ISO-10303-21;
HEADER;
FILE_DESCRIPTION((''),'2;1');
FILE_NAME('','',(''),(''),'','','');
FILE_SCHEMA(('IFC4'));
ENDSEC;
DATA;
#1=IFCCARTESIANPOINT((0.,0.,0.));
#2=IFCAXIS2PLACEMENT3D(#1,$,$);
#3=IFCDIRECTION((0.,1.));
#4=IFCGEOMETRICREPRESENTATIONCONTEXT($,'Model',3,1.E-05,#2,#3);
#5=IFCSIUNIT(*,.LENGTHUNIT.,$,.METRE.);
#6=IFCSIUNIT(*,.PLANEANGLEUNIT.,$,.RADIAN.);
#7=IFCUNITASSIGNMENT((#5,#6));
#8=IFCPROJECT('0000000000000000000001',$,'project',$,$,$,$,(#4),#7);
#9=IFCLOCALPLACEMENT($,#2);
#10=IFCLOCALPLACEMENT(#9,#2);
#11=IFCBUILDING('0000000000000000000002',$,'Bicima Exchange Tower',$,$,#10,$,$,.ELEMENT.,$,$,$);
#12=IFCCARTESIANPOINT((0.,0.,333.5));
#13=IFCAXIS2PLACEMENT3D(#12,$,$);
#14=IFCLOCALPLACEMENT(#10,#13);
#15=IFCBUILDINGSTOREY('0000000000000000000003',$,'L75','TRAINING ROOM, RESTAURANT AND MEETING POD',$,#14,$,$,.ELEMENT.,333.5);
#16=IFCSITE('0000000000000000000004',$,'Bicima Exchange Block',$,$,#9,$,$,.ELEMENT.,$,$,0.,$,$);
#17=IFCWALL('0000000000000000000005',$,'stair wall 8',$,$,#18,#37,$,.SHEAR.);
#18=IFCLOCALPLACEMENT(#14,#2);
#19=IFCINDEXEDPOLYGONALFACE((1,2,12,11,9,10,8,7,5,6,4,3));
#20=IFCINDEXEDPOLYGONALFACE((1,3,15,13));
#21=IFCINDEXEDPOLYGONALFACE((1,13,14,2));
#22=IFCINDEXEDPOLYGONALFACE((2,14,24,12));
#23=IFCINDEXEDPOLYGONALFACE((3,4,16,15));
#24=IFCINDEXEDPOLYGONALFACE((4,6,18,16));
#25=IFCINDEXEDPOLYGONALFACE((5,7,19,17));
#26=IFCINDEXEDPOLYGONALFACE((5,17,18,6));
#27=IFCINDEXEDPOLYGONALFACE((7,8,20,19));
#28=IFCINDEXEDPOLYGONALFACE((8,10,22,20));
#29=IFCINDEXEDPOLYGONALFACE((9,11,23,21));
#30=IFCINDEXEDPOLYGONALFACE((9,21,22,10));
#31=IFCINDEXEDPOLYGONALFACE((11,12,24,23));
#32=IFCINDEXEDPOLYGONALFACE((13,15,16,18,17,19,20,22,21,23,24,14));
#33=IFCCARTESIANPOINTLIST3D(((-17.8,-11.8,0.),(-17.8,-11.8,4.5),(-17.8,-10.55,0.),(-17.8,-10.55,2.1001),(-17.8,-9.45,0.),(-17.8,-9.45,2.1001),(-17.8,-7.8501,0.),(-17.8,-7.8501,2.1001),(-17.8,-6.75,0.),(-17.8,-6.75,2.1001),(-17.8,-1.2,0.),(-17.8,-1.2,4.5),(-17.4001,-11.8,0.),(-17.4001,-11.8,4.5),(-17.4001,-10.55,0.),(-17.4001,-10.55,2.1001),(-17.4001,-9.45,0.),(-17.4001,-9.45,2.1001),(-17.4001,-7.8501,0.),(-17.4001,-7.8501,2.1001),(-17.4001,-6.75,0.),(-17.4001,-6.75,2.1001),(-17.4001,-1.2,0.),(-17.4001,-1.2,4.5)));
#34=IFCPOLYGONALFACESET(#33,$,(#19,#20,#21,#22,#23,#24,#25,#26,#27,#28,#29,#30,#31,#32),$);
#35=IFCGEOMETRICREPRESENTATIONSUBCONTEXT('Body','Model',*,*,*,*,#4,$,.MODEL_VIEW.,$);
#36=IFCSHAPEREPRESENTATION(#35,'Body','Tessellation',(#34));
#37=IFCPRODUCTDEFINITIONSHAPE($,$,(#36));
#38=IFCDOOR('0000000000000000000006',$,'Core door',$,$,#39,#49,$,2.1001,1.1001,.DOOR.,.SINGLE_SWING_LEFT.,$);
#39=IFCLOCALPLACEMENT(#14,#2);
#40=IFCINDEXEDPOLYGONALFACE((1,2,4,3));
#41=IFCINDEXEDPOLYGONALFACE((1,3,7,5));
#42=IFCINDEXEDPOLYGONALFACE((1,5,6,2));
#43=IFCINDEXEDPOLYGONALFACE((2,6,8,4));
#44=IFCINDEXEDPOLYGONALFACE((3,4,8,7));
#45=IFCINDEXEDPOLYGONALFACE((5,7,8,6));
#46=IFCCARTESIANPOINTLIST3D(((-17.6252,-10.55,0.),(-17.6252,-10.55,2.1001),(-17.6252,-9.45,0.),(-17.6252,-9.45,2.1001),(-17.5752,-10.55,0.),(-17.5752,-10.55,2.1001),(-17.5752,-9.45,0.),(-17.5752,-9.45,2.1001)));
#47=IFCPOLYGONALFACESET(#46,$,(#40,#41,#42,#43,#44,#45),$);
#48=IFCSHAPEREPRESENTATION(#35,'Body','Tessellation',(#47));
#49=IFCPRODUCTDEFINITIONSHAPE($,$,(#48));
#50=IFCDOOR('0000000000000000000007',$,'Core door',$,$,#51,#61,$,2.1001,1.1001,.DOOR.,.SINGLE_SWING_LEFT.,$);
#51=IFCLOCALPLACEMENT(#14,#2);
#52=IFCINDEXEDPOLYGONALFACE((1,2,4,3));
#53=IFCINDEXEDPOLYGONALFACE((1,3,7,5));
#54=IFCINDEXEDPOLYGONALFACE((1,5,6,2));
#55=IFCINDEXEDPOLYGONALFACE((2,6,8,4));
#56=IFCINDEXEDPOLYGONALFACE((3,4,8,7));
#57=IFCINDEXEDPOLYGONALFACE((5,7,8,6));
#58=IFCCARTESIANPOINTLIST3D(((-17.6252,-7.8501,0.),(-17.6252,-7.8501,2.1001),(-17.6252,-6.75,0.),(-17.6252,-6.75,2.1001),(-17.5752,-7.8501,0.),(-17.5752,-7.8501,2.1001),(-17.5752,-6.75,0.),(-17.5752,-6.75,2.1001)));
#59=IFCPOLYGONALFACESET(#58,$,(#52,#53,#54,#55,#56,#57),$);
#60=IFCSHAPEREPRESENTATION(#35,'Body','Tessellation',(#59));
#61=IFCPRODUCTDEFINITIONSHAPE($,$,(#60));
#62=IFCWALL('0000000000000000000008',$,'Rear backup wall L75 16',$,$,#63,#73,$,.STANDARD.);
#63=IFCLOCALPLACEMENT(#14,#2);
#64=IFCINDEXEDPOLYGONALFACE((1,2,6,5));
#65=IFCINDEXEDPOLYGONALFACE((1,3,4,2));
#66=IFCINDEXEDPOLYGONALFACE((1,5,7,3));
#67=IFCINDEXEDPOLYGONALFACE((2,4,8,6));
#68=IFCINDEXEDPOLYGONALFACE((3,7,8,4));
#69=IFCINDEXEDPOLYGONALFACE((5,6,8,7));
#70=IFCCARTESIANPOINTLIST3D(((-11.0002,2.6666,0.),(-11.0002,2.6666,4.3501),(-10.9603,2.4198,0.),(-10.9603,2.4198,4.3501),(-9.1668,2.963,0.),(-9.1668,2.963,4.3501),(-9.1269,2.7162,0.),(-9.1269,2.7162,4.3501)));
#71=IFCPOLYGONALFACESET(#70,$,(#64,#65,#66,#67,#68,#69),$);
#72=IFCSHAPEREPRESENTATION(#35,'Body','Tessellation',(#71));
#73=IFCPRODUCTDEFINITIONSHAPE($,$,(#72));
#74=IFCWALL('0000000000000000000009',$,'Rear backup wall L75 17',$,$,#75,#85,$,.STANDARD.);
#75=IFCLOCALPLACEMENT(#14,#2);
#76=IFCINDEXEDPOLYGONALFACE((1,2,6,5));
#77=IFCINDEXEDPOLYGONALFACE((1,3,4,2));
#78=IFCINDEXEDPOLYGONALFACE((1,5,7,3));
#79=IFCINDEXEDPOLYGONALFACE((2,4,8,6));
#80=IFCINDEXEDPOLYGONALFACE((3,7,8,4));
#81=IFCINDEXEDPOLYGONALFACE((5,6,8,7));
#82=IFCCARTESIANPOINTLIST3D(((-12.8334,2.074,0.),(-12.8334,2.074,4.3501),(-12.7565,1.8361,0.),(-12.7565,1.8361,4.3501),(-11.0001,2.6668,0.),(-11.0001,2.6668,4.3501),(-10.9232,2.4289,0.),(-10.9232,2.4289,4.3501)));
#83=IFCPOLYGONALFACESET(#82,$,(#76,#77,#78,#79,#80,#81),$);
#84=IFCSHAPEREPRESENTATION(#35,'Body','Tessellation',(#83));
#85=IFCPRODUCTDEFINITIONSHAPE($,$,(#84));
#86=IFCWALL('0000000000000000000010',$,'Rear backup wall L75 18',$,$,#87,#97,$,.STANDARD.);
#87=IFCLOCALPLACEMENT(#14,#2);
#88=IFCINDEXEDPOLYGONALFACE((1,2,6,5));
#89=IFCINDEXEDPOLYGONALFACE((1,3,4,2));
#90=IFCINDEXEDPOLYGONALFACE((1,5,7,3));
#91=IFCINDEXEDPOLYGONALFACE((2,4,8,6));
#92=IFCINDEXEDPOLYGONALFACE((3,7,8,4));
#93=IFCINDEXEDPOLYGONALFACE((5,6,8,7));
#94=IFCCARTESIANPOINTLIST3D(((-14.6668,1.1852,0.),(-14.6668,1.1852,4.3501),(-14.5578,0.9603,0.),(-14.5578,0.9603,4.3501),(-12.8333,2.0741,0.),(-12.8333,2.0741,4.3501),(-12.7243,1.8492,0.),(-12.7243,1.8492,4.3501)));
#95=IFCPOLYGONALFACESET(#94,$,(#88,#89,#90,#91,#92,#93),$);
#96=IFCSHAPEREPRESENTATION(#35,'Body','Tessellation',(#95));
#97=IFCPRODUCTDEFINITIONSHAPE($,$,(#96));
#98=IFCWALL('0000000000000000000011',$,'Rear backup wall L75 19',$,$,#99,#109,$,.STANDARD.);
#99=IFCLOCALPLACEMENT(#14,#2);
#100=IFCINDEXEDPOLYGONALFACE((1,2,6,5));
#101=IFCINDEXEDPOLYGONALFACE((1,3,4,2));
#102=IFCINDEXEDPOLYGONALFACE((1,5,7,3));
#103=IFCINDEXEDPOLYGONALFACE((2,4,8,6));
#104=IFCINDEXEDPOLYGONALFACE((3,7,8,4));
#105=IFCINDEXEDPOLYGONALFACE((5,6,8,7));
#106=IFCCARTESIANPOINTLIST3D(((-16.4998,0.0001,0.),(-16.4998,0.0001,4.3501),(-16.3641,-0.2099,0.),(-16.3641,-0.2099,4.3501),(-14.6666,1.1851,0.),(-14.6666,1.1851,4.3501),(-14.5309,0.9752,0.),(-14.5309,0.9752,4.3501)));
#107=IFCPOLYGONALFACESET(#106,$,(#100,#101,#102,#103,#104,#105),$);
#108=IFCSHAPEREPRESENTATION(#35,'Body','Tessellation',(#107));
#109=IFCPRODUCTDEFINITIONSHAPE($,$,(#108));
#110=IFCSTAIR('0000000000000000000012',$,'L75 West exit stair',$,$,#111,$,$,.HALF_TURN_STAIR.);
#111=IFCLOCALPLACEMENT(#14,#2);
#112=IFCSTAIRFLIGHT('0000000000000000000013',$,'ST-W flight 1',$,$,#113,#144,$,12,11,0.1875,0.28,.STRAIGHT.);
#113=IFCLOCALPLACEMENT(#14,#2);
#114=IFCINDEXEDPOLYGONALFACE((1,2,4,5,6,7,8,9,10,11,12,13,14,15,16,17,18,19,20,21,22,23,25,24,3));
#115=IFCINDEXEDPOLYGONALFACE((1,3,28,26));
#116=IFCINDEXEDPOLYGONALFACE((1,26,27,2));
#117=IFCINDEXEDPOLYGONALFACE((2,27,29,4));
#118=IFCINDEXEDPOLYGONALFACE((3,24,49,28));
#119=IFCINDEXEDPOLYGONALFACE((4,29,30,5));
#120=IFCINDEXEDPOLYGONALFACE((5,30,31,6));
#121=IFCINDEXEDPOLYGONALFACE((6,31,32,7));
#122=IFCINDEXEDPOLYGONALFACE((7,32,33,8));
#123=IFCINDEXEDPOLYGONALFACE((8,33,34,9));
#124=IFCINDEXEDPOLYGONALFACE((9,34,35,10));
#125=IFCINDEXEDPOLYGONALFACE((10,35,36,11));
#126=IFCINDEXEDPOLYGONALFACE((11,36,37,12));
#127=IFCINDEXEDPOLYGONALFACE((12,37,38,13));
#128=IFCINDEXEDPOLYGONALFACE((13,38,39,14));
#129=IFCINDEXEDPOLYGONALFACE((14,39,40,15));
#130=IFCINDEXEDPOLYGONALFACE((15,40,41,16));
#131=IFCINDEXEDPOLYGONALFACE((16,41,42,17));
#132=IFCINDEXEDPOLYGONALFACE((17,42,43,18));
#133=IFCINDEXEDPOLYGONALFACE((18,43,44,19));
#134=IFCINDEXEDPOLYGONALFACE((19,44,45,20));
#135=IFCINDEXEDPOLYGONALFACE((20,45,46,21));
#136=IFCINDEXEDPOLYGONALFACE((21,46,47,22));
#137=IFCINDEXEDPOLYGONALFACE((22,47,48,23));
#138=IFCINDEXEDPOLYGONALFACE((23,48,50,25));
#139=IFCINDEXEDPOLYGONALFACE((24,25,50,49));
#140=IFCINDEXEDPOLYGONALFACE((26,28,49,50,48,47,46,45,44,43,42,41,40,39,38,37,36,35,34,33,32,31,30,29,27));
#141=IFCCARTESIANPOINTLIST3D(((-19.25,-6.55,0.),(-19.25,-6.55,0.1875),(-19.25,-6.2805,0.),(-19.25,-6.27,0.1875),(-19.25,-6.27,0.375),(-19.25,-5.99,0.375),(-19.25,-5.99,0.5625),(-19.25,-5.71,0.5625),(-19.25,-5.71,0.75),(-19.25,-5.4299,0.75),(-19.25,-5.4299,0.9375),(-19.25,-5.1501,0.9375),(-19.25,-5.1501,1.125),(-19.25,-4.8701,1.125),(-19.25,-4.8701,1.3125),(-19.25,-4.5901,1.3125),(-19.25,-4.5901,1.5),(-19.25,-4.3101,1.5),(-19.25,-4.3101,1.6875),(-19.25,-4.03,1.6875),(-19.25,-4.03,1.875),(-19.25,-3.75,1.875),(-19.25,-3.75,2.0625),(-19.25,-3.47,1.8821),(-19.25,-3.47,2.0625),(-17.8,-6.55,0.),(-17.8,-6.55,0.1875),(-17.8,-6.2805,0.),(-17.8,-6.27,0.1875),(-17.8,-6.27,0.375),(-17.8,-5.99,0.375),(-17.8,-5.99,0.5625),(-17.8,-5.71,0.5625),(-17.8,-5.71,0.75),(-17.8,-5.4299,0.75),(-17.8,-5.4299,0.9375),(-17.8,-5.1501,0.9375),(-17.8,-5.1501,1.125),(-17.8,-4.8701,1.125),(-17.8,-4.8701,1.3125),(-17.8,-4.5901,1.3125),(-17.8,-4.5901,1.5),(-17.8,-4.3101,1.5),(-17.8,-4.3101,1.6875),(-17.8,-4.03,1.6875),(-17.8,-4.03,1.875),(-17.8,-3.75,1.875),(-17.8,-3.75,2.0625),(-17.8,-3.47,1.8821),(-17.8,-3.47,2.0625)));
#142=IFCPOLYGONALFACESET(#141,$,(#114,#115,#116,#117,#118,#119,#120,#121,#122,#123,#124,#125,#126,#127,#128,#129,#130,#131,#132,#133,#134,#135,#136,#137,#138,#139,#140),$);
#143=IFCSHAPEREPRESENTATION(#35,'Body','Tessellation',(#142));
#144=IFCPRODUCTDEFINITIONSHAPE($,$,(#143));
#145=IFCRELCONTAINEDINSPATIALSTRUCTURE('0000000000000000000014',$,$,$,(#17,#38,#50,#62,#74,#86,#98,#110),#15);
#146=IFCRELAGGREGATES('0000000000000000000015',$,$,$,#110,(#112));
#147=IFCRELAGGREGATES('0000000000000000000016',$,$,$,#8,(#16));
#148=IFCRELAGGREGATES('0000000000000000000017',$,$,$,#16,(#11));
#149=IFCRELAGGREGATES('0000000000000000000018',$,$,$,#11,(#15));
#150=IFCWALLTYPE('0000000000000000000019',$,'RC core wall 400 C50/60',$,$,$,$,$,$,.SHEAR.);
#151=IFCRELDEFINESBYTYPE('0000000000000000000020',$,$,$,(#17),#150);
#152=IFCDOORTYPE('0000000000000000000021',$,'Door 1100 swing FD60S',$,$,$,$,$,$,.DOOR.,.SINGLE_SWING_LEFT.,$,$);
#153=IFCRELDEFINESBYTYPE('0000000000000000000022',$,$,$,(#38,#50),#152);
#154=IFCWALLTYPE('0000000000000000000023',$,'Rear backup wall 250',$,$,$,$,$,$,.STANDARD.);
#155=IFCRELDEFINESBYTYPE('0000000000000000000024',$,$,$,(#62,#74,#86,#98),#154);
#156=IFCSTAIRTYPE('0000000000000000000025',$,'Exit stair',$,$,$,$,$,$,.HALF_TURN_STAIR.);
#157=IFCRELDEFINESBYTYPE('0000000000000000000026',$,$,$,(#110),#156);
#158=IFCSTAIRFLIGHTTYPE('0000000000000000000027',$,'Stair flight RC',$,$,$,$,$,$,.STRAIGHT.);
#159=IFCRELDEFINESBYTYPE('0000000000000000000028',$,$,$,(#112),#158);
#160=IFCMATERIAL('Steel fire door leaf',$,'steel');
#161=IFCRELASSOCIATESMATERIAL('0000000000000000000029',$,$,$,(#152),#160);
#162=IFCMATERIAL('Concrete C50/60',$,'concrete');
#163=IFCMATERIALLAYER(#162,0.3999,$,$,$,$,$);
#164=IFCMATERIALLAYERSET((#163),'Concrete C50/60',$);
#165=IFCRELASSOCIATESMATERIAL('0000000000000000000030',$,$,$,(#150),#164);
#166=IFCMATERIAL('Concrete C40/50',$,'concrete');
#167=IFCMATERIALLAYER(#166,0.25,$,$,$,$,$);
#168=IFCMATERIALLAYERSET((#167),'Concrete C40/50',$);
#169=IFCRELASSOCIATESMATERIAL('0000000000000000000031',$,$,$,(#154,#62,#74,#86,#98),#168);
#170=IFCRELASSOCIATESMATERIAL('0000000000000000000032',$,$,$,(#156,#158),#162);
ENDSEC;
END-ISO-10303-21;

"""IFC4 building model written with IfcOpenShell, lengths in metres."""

from ifc_helpers import new_model, si_unit, direction, frame, frame_2d, origin, place, context, subcontext, project, spatial, polyline, rectangle, outline, extrude, material, layer, layer_set, layer_usage, type_object, element, fill, aggregate, save


model = new_model("IFC4")

# Units and contexts
model_context = context("Model", 3, precision=1e-05, world=origin(), true_north=direction((0.0, 1.0)))
body_context = subcontext(model_context, "Body", "Model", "MODEL_VIEW")
ifc_project = project(units=[si_unit("LENGTHUNIT", "METRE"), si_unit("PLANEANGLEUNIT", "RADIAN")], contexts=[model_context])

# Site, building, storey
site_placement = place(None, origin())
site = spatial("IfcSite", under=ifc_project, at=site_placement, Name="Bicima Exchange Block", CompositionType="ELEMENT", RefElevation=0.0)
building_placement = place(site_placement, origin())
building = spatial("IfcBuilding", under=site, at=building_placement, Name="Bicima Exchange Tower", CompositionType="ELEMENT")
storey_placement = place(building_placement, frame((0.0, 0.0, 333.5)))
storey = spatial("IfcBuildingStorey", under=building, at=storey_placement, Name="L75", Description="TRAINING ROOM, RESTAURANT AND MEETING POD", CompositionType="ELEMENT", Elevation=333.5)

# Shared definitions
ifc_material_1 = material(Name="Concrete C40/50", Category="concrete")

# Shared definitions
ifc_material_2 = material(Name="Steel fire door leaf", Category="steel")

# Shared definitions
door_type_1 = type_object("IfcDoorType", Name="Door 1100 swing FD60S", OperationType="SINGLE_SWING_LEFT", PredefinedType="DOOR", material=ifc_material_2)

# Wall, openings, doors
ifc_material_3 = material(Name="Concrete C50/60", Category="concrete")
ifc_layer_1 = layer(ifc_material_3, 0.3999)
ifc_layer_set_1 = layer_set([ifc_layer_1], Name="Concrete C50/60")
wall_type_1 = type_object("IfcWallType", Name="RC core wall 400 C50/60", PredefinedType="SHEAR", material=ifc_layer_set_1)
wall_1_placement = place(storey_placement, frame((-17.6001, -11.8, 0.0), z_axis=(0.0, 0.0, 1.0), x_axis=(0.0, 1.0, 0.0)))
wall_1 = element("IfcWall", 1, at=wall_1_placement, inside=storey, type_object=wall_type_1, Name="stair wall 8", PredefinedType="SHEAR", context=body_context, shape_type="SweptSolid", body=[
    extrude(rectangle(XDim=10.6001, YDim=0.3999, at=frame_2d((5.3, 0.0))), origin(), (0.0, 0.0, 1.0), 4.5),
])
opening_1_placement = place(wall_1_placement, frame((1.25, 0.0, 0.0)))
opening_1 = element("IfcOpeningElement", 2, at=opening_1_placement, cuts=wall_1, PredefinedType="OPENING", context=body_context, shape_type="SweptSolid", body=[
    extrude(rectangle(XDim=1.1001, YDim=2.1001, at=frame_2d((0.55, 1.05))), frame((0.0, 0.2119, 0.0), z_axis=(0.0, -1.0, 0.0), x_axis=(1.0, 0.0, 0.0)), (0.0, 0.0, 1.0), 0.4238),
])
opening_2_placement = place(wall_1_placement, frame((3.95, 0.0, 0.0)))
opening_2 = element("IfcOpeningElement", 3, at=opening_2_placement, cuts=wall_1, PredefinedType="OPENING", context=body_context, shape_type="SweptSolid", body=[
    extrude(rectangle(XDim=1.1001, YDim=2.1001, at=frame_2d((0.55, 1.05))), frame((0.0, 0.2119, 0.0), z_axis=(0.0, -1.0, 0.0), x_axis=(1.0, 0.0, 0.0)), (0.0, 0.0, 1.0), 0.4238),
])
door_1_placement = place(opening_1_placement, frame((1.1001, 0.0, 0.0), z_axis=(0.0, 0.0, 1.0), x_axis=(-1.0, 0.0, 0.0)))
door_1 = element("IfcDoor", 4, at=door_1_placement, inside=storey, type_object=door_type_1, Name="Core door", OperationType="SINGLE_SWING_LEFT", OverallHeight=2.1001, OverallWidth=1.1001, PredefinedType="DOOR", context=body_context, shape_type="SweptSolid", body=[
    extrude(rectangle(XDim=1.1001, YDim=2.1001, at=frame_2d((0.55, 1.05))), frame((0.0, 0.0249, 0.0), z_axis=(0.0, -1.0, 0.0), x_axis=(1.0, 0.0, 0.0)), (0.0, 0.0, 1.0), 0.05),
])
fill(opening_1, door_1)
door_2_placement = place(opening_2_placement, frame((1.1001, 0.0, 0.0), z_axis=(0.0, 0.0, 1.0), x_axis=(-1.0, 0.0, 0.0)))
door_2 = element("IfcDoor", 5, at=door_2_placement, inside=storey, type_object=door_type_1, Name="Core door", OperationType="SINGLE_SWING_LEFT", OverallHeight=2.1001, OverallWidth=1.1001, PredefinedType="DOOR", context=body_context, shape_type="SweptSolid", body=[
    extrude(rectangle(XDim=1.1001, YDim=2.1001, at=frame_2d((0.55, 1.05))), frame((0.0, 0.0249, 0.0), z_axis=(0.0, -1.0, 0.0), x_axis=(1.0, 0.0, 0.0)), (0.0, 0.0, 1.0), 0.05),
])
fill(opening_2, door_2)

# Walls
ifc_layer_2 = layer(ifc_material_1, 0.25)
ifc_layer_set_2 = layer_set([ifc_layer_2], Name="Concrete C40/50")
ifc_layer_usage = layer_usage(ifc_layer_set_2, "AXIS2", "POSITIVE", -0.125)
wall_type_2 = type_object("IfcWallType", Name="Rear backup wall 250", PredefinedType="STANDARD", material=ifc_layer_set_2)
wall_2_placement = place(storey_placement, frame((-9.1467, 2.8396, 0.0), z_axis=(0.0, 0.0, 1.0), x_axis=(-0.987182, -0.1596, 0.0)))
element("IfcWall", 6, at=wall_2_placement, inside=storey, type_object=wall_type_2, material=ifc_layer_usage, Name="Rear backup wall L75 16", PredefinedType="STANDARD", context=body_context, shape_type="SweptSolid", body=[
    extrude(rectangle(XDim=1.8572, YDim=0.25, at=frame_2d((0.9287, 0.0))), origin(), (0.0, 0.0, 1.0), 4.3501),
])
wall_3_placement = place(storey_placement, frame((-10.9617, 2.5479, 0.0), z_axis=(0.0, 0.0, 1.0), x_axis=(-0.951496, -0.307662, 0.0)))
element("IfcWall", 7, at=wall_3_placement, inside=storey, type_object=wall_type_2, material=ifc_layer_usage, Name="Rear backup wall L75 17", PredefinedType="STANDARD", context=body_context, shape_type="SweptSolid", body=[
    extrude(rectangle(XDim=1.9268, YDim=0.25, at=frame_2d((0.9634, 0.0))), origin(), (0.0, 0.0, 1.0), 4.3501),
])
wall_4_placement = place(storey_placement, frame((-12.7788, 1.9617, 0.0), z_axis=(0.0, 0.0, 1.0), x_axis=(-0.899824, -0.436253, 0.0)))
element("IfcWall", 8, at=wall_4_placement, inside=storey, type_object=wall_type_2, material=ifc_layer_usage, Name="Rear backup wall L75 18", PredefinedType="STANDARD", context=body_context, shape_type="SweptSolid", body=[
    extrude(rectangle(XDim=2.0376, YDim=0.25, at=frame_2d((1.0188, 0.0))), origin(), (0.0, 0.0, 1.0), 4.3501),
])
wall_5_placement = place(storey_placement, frame((-14.5989, 1.0801, 0.0), z_axis=(0.0, 0.0, 1.0), x_axis=(-0.839813, -0.542876, 0.0)))
element("IfcWall", 9, at=wall_5_placement, inside=storey, type_object=wall_type_2, material=ifc_layer_usage, Name="Rear backup wall L75 19", PredefinedType="STANDARD", context=body_context, shape_type="SweptSolid", body=[
    extrude(rectangle(XDim=2.1829, YDim=0.25, at=frame_2d((1.0913, 0.0))), origin(), (0.0, 0.0, 1.0), 4.3501),
])

# Stair, stair flight
stair_type = type_object("IfcStairType", Name="Exit stair", PredefinedType="HALF_TURN_STAIR", material=ifc_material_3)
stair_placement = place(storey_placement, origin())
stair = element("IfcStair", 10, at=stair_placement, inside=storey, type_object=stair_type, Name="L75 West exit stair", PredefinedType="HALF_TURN_STAIR")
stair_flight_type = type_object("IfcStairFlightType", Name="Stair flight RC", PredefinedType="STRAIGHT", material=ifc_material_3)
stair_flight_1_placement = place(storey_placement, frame((-18.5249, -6.55, 0.0), z_axis=(0.0, 0.0, 1.0), x_axis=(0.0, 1.0, 0.0)))
stair_flight_1 = element("IfcStairFlight", 11, at=stair_flight_1_placement, type_object=stair_flight_type, Name="ST-W flight 1", NumberOfRisers=12, NumberOfTreads=11, PredefinedType="STRAIGHT", RiserHeight=0.1875, TreadLength=0.28, context=body_context, shape_type="SweptSolid", body=[
    extrude(outline(polyline([(0.0, 0.0), (0.0, 0.1875), (0.28, 0.1875), (0.28, 0.375), (0.5601, 0.375), (0.5601, 0.5625), (0.8401, 0.5625), (0.8401, 0.75), (1.1201, 0.75), (1.1201, 0.9375), (1.3999, 0.9375), (1.3999, 1.125), (1.6799, 1.125), (1.6799, 1.3125), (1.96, 1.3125), (1.96, 1.5), (2.24, 1.5), (2.24, 1.6875), (2.52, 1.6875), (2.52, 1.875), (2.8, 1.875), (2.8, 2.0625), (3.0801, 2.0625), (3.0801, 2.25), (3.0801, 1.8821), (0.2695, 0.0), (0.0, 0.0)])), frame((0.0, 0.7251, 0.0), z_axis=(0.0, -1.0, 0.0), x_axis=(1.0, 0.0, 0.0)), (0.0, 0.0, 1.0), 1.45),
])
aggregate(stair, [stair_flight_1])

save(model, "model.ifc")
